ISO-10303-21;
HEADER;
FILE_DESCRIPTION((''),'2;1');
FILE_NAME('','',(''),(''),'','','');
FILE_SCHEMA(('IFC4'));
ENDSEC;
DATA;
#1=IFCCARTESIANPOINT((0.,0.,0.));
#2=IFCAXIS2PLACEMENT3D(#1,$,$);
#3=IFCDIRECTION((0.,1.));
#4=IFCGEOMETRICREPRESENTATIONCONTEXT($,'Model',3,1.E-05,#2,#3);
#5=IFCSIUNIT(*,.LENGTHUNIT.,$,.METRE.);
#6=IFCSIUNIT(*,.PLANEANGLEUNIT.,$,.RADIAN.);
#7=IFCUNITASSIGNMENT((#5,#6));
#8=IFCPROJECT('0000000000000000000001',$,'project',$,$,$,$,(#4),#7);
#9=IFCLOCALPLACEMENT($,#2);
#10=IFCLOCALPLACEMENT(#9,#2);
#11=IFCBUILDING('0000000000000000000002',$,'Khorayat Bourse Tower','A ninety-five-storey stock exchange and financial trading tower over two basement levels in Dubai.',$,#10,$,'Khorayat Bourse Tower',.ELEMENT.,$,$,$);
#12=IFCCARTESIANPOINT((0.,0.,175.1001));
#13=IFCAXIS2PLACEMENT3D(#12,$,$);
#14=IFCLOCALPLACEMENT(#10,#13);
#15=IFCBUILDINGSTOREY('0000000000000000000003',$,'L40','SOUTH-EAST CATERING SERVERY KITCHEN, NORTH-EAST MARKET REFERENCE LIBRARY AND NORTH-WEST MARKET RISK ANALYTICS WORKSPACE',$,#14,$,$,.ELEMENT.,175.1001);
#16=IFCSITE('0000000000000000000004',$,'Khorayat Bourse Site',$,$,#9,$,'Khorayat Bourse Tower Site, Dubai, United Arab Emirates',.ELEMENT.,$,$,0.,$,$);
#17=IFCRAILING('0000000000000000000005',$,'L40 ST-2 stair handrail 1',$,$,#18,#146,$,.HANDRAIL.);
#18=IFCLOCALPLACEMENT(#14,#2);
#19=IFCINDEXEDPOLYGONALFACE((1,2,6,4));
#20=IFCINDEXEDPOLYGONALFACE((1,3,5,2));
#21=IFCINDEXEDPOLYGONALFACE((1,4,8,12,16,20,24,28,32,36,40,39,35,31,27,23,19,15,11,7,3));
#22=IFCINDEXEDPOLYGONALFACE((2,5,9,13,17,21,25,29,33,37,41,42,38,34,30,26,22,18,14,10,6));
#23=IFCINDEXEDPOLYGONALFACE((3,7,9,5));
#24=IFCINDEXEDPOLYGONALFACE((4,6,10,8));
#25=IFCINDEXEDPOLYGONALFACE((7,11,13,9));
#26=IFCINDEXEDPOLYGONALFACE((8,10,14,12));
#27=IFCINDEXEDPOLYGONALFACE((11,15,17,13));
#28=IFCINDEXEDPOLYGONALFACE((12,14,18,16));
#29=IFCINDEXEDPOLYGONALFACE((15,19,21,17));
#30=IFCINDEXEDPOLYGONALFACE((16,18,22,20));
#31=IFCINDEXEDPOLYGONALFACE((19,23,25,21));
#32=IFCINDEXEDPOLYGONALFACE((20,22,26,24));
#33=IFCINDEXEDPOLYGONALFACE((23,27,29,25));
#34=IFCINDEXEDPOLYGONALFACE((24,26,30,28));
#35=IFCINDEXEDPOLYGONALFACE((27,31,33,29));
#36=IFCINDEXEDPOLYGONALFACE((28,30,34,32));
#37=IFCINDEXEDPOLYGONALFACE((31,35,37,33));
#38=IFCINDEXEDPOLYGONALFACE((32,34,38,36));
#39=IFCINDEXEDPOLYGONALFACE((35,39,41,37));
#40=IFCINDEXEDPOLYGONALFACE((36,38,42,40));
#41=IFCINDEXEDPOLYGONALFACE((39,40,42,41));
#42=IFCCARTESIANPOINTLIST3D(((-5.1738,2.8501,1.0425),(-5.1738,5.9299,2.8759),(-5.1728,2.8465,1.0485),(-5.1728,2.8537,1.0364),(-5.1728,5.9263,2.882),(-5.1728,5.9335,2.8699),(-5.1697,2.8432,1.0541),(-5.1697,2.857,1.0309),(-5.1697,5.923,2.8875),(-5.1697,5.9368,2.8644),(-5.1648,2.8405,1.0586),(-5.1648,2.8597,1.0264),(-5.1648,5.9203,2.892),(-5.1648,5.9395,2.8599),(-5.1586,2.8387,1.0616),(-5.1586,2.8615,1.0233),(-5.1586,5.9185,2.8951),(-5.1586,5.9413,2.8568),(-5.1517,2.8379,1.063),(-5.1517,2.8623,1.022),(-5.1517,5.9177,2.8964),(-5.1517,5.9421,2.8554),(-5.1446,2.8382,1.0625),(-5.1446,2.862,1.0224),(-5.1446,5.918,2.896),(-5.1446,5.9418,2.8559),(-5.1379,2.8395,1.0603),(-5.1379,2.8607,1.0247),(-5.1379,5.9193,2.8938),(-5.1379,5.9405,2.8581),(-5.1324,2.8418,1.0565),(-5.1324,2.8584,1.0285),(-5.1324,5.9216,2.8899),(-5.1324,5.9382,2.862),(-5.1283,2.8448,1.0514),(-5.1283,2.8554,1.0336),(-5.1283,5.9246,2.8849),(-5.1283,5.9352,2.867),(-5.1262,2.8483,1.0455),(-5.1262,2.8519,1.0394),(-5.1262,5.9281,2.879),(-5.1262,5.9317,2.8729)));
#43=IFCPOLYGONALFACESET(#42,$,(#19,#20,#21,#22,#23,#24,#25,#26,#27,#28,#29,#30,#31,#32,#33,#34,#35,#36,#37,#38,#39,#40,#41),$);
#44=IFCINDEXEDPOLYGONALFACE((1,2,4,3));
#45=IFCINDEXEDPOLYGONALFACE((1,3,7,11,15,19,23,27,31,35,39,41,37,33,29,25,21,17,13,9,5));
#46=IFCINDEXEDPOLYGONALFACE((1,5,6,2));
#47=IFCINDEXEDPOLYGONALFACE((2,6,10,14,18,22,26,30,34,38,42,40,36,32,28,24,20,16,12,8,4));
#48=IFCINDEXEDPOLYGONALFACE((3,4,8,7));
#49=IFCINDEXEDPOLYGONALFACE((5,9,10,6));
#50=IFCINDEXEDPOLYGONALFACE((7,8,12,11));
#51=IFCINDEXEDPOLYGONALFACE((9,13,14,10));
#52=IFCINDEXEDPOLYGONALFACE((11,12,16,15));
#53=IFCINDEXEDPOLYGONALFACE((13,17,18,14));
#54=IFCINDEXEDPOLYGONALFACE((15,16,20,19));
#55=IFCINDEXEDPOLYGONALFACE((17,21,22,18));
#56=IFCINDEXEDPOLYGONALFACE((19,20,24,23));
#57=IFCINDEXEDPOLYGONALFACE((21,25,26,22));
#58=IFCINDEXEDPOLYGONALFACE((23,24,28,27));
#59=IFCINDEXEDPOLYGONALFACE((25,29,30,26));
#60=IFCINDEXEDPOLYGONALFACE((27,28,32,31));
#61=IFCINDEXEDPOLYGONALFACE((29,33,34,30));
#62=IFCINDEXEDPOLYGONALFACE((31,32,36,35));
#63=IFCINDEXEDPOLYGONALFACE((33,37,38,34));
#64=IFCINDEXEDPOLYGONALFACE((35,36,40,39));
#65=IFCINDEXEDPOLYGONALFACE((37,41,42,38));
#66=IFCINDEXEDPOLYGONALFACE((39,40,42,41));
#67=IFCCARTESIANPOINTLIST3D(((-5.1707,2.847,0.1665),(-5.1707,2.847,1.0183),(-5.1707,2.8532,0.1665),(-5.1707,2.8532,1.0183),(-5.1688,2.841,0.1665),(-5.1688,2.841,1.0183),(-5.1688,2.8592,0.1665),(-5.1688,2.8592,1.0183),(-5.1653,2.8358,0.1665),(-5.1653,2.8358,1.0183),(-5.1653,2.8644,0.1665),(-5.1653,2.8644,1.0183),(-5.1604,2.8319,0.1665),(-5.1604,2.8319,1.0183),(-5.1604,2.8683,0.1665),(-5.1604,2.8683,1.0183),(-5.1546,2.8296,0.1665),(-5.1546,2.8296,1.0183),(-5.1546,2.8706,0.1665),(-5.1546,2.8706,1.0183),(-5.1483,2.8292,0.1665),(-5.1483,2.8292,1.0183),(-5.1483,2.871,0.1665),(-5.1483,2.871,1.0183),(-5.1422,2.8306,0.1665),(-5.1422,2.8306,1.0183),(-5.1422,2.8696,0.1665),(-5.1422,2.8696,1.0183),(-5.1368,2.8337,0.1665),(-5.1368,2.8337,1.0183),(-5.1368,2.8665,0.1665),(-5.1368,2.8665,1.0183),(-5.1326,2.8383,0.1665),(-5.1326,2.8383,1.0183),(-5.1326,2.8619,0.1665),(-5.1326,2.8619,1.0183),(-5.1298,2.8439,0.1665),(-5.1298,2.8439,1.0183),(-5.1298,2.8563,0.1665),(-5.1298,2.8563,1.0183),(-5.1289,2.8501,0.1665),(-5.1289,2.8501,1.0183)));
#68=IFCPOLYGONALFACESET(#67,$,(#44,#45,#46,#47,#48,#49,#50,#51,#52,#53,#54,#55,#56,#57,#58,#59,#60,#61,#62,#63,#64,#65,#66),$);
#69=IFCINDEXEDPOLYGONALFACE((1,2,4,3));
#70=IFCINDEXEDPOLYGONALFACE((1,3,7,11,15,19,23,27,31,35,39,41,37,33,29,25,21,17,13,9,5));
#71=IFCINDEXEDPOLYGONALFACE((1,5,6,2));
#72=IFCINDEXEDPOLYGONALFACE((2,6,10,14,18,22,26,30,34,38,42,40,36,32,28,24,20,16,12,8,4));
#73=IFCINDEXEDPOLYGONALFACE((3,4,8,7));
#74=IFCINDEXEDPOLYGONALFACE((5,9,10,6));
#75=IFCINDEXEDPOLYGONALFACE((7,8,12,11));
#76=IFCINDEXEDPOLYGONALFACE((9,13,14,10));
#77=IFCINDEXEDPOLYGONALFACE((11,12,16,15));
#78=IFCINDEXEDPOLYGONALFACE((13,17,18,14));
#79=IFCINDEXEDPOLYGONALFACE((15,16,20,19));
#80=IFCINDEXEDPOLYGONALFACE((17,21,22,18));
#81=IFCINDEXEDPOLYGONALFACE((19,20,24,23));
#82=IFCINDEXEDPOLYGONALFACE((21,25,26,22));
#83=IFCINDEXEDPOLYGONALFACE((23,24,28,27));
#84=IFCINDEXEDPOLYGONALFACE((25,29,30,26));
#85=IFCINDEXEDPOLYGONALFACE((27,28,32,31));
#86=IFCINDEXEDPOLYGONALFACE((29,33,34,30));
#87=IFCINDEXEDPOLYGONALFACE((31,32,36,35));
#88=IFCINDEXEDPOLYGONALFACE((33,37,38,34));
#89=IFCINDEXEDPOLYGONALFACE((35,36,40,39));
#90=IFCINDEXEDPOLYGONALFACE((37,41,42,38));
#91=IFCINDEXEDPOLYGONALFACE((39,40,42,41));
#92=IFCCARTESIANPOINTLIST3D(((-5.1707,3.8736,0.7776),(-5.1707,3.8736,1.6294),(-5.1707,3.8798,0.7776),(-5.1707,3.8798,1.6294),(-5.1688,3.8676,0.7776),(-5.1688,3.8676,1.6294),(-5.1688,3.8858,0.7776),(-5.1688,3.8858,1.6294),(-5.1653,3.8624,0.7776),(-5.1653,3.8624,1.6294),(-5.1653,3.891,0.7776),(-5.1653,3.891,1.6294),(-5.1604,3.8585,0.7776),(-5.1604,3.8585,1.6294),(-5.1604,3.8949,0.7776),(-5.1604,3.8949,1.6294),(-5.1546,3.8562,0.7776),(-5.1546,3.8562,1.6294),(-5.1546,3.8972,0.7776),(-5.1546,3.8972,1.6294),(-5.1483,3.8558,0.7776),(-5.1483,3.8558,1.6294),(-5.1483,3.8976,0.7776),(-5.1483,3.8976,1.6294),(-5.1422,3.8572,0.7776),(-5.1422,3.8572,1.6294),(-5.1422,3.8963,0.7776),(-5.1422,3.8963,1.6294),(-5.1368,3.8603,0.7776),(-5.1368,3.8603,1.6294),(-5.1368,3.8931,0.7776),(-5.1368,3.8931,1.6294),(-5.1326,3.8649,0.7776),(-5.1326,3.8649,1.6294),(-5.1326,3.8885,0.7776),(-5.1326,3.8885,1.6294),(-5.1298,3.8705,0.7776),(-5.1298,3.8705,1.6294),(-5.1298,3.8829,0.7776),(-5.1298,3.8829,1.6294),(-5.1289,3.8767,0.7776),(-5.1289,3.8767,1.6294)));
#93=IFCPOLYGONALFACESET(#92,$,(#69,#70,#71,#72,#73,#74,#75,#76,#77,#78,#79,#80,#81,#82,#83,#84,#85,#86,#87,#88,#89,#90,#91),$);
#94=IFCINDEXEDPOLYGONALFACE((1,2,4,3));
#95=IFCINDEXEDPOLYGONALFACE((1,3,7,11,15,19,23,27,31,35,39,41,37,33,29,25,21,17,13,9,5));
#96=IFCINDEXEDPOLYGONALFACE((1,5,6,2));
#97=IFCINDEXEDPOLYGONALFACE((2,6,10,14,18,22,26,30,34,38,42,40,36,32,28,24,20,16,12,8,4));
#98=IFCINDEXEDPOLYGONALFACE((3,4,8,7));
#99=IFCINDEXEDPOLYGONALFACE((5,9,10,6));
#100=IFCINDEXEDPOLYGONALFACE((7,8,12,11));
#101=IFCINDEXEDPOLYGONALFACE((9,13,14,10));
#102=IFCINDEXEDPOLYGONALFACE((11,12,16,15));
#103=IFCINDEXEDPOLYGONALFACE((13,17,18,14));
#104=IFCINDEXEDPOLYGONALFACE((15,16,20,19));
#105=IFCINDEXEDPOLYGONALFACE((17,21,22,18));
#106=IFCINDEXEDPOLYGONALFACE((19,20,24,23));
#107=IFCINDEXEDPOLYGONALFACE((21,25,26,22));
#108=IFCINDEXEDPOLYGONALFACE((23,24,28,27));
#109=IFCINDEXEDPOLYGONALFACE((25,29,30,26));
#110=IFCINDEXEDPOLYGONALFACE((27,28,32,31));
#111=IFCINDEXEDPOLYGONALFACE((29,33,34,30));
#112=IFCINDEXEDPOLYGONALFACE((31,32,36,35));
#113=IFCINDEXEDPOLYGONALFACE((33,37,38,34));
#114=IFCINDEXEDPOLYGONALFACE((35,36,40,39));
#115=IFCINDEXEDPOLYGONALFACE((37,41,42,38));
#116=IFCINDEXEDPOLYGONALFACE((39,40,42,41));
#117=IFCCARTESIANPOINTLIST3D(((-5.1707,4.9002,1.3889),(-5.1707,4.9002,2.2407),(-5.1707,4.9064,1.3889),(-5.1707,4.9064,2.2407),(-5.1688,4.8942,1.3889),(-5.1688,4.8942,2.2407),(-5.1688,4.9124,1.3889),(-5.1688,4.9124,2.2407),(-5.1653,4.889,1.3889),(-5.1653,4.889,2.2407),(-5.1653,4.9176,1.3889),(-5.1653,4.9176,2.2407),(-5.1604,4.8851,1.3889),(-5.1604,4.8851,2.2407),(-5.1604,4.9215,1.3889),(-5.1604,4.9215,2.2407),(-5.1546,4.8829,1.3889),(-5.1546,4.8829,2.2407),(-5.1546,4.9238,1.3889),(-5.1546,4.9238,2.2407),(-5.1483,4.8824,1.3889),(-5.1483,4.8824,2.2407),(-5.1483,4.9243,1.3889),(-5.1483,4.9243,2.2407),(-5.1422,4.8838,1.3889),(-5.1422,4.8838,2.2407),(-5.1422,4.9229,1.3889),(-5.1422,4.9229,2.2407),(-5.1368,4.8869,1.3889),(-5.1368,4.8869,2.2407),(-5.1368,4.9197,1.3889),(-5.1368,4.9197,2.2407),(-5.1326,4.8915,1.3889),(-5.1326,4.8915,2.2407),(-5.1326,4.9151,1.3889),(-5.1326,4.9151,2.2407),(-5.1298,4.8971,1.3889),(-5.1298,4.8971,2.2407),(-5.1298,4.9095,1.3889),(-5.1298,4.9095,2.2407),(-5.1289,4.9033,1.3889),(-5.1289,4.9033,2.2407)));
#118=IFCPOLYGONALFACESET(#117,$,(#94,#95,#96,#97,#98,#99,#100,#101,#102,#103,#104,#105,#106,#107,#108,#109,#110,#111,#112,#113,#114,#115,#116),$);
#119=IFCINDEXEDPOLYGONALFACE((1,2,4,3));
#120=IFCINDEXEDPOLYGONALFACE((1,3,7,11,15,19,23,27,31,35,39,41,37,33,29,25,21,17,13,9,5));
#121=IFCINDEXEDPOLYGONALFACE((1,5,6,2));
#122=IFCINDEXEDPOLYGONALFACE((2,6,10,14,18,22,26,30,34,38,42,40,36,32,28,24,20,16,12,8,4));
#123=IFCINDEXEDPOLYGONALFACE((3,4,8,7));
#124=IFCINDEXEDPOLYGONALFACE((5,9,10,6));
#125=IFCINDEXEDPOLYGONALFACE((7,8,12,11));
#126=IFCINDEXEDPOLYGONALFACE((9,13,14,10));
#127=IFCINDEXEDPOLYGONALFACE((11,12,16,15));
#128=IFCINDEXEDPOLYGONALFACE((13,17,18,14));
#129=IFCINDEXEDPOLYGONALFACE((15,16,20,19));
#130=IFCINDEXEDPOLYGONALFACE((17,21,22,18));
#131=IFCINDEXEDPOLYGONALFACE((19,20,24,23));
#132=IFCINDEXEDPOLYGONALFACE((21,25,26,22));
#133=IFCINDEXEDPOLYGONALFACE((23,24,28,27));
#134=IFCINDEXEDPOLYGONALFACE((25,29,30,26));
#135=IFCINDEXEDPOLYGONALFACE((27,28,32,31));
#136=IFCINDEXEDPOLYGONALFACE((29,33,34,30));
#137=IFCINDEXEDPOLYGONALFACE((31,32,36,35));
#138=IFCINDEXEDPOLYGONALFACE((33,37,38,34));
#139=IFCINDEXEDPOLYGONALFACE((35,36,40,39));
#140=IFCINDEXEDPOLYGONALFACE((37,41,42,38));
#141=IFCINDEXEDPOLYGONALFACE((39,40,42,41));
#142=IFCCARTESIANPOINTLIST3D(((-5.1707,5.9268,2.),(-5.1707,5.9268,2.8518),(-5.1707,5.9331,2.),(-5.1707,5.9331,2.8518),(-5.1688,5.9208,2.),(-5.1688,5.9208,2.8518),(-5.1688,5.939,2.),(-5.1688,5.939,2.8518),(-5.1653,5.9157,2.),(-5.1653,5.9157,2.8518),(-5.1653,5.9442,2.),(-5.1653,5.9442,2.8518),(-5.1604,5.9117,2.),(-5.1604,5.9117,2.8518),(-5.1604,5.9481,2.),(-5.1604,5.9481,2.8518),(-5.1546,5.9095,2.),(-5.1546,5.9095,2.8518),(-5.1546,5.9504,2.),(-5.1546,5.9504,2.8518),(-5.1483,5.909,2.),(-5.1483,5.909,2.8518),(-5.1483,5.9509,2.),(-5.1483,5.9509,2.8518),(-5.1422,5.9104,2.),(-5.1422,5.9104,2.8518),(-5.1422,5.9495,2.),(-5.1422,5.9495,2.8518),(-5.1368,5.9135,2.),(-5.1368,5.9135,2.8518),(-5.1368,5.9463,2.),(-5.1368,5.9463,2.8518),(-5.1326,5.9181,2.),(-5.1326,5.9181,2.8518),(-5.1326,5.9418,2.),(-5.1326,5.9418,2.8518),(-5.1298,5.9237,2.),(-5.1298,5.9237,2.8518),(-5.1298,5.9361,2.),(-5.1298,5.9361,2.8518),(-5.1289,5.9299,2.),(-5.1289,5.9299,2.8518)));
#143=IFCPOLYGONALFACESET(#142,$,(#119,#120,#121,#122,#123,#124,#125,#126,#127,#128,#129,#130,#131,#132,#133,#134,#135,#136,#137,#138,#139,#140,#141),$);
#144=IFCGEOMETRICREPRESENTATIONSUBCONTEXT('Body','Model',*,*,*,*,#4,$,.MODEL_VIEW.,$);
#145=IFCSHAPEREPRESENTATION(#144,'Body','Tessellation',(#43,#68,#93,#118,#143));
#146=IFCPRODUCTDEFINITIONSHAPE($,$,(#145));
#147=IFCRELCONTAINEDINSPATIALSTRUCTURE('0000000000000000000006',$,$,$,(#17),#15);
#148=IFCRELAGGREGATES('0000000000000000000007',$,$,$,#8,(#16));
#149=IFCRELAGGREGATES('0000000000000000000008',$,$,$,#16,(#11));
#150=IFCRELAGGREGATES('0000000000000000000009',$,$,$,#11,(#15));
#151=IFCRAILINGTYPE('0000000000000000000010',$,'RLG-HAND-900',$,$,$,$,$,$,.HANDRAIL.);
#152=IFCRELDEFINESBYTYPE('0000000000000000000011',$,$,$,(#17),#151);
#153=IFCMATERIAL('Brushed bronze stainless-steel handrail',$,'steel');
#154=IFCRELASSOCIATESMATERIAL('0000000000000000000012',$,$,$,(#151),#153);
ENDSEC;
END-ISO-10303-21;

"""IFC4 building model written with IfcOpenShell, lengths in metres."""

from ifc_helpers import new_model, si_unit, direction, frame, origin, origin_2d, place, context, subcontext, project, spatial, circle, extrude, source, transform, mapped, material, type_object, element, save


model = new_model("IFC4")

# Units and contexts
model_context = context("Model", 3, precision=1e-05, world=origin(), true_north=direction((0.0, 1.0)))
body_context = subcontext(model_context, "Body", "Model", "MODEL_VIEW")
ifc_project = project(units=[si_unit("LENGTHUNIT", "METRE"), si_unit("PLANEANGLEUNIT", "RADIAN")], contexts=[model_context])

# Site, building, storey
site_placement = place(None, origin())
site = spatial("IfcSite", under=ifc_project, at=site_placement, Name="Khorayat Bourse Site", LongName="Khorayat Bourse Tower Site, Dubai, United Arab Emirates", CompositionType="ELEMENT", RefElevation=0.0)
building_placement = place(site_placement, origin())
building = spatial("IfcBuilding", under=site, at=building_placement, Name="Khorayat Bourse Tower", Description="A ninety-five-storey stock exchange and financial trading tower over two basement levels in Dubai.", LongName="Khorayat Bourse Tower", CompositionType="ELEMENT")
storey_placement = place(building_placement, frame((0.0, 0.0, 175.1001)))
storey = spatial("IfcBuildingStorey", under=building, at=storey_placement, Name="L40", Description="SOUTH-EAST CATERING SERVERY KITCHEN, NORTH-EAST MARKET REFERENCE LIBRARY AND NORTH-WEST MARKET RISK ANALYTICS WORKSPACE", CompositionType="ELEMENT", Elevation=175.1001)

# Railing
ifc_material_1 = material(Name="Brushed bronze stainless-steel handrail", Category="steel")
railing_type_1 = type_object("IfcRailingType", Name="RLG-HAND-900", PredefinedType="HANDRAIL", material=ifc_material_1)
shared_shape_1 = source(origin(), body_context, "Body", "SweptSolid", [
    extrude(circle(Radius=0.0239, at=origin_2d()), frame((0.0, 0.0, 0.876), z_axis=(0.0, 0.859261, 0.511538), x_axis=(-1.0, 0.0, 0.0)), (0.0, 0.0, 1.0), 3.5842),
    extrude(circle(Radius=0.021, at=origin_2d()), origin(), (0.0, 0.0, 1.0), 0.8518),
    extrude(circle(Radius=0.021, at=origin_2d()), frame((0.0, 1.0266, 0.6111)), (0.0, 0.0, 1.0), 0.8518),
    extrude(circle(Radius=0.021, at=origin_2d()), frame((0.0, 2.0532, 1.2224)), (0.0, 0.0, 1.0), 0.8518),
    extrude(circle(Radius=0.021, at=origin_2d()), frame((0.0, 3.0798, 1.8335)), (0.0, 0.0, 1.0), 0.8518),
])
railing_1_placement = place(storey_placement, frame((-5.1499, 2.8501, 0.1665)))
element("IfcRailing", 1, at=railing_1_placement, inside=storey, type_object=railing_type_1, Name="L40 ST-2 stair handrail 1", PredefinedType="HANDRAIL", context=body_context, shape_type="MappedRepresentation", body=[
    mapped(shared_shape_1, transform((0.0, 0.0, 0.0), scale=1.0)),
])

save(model, "model.ifc")
